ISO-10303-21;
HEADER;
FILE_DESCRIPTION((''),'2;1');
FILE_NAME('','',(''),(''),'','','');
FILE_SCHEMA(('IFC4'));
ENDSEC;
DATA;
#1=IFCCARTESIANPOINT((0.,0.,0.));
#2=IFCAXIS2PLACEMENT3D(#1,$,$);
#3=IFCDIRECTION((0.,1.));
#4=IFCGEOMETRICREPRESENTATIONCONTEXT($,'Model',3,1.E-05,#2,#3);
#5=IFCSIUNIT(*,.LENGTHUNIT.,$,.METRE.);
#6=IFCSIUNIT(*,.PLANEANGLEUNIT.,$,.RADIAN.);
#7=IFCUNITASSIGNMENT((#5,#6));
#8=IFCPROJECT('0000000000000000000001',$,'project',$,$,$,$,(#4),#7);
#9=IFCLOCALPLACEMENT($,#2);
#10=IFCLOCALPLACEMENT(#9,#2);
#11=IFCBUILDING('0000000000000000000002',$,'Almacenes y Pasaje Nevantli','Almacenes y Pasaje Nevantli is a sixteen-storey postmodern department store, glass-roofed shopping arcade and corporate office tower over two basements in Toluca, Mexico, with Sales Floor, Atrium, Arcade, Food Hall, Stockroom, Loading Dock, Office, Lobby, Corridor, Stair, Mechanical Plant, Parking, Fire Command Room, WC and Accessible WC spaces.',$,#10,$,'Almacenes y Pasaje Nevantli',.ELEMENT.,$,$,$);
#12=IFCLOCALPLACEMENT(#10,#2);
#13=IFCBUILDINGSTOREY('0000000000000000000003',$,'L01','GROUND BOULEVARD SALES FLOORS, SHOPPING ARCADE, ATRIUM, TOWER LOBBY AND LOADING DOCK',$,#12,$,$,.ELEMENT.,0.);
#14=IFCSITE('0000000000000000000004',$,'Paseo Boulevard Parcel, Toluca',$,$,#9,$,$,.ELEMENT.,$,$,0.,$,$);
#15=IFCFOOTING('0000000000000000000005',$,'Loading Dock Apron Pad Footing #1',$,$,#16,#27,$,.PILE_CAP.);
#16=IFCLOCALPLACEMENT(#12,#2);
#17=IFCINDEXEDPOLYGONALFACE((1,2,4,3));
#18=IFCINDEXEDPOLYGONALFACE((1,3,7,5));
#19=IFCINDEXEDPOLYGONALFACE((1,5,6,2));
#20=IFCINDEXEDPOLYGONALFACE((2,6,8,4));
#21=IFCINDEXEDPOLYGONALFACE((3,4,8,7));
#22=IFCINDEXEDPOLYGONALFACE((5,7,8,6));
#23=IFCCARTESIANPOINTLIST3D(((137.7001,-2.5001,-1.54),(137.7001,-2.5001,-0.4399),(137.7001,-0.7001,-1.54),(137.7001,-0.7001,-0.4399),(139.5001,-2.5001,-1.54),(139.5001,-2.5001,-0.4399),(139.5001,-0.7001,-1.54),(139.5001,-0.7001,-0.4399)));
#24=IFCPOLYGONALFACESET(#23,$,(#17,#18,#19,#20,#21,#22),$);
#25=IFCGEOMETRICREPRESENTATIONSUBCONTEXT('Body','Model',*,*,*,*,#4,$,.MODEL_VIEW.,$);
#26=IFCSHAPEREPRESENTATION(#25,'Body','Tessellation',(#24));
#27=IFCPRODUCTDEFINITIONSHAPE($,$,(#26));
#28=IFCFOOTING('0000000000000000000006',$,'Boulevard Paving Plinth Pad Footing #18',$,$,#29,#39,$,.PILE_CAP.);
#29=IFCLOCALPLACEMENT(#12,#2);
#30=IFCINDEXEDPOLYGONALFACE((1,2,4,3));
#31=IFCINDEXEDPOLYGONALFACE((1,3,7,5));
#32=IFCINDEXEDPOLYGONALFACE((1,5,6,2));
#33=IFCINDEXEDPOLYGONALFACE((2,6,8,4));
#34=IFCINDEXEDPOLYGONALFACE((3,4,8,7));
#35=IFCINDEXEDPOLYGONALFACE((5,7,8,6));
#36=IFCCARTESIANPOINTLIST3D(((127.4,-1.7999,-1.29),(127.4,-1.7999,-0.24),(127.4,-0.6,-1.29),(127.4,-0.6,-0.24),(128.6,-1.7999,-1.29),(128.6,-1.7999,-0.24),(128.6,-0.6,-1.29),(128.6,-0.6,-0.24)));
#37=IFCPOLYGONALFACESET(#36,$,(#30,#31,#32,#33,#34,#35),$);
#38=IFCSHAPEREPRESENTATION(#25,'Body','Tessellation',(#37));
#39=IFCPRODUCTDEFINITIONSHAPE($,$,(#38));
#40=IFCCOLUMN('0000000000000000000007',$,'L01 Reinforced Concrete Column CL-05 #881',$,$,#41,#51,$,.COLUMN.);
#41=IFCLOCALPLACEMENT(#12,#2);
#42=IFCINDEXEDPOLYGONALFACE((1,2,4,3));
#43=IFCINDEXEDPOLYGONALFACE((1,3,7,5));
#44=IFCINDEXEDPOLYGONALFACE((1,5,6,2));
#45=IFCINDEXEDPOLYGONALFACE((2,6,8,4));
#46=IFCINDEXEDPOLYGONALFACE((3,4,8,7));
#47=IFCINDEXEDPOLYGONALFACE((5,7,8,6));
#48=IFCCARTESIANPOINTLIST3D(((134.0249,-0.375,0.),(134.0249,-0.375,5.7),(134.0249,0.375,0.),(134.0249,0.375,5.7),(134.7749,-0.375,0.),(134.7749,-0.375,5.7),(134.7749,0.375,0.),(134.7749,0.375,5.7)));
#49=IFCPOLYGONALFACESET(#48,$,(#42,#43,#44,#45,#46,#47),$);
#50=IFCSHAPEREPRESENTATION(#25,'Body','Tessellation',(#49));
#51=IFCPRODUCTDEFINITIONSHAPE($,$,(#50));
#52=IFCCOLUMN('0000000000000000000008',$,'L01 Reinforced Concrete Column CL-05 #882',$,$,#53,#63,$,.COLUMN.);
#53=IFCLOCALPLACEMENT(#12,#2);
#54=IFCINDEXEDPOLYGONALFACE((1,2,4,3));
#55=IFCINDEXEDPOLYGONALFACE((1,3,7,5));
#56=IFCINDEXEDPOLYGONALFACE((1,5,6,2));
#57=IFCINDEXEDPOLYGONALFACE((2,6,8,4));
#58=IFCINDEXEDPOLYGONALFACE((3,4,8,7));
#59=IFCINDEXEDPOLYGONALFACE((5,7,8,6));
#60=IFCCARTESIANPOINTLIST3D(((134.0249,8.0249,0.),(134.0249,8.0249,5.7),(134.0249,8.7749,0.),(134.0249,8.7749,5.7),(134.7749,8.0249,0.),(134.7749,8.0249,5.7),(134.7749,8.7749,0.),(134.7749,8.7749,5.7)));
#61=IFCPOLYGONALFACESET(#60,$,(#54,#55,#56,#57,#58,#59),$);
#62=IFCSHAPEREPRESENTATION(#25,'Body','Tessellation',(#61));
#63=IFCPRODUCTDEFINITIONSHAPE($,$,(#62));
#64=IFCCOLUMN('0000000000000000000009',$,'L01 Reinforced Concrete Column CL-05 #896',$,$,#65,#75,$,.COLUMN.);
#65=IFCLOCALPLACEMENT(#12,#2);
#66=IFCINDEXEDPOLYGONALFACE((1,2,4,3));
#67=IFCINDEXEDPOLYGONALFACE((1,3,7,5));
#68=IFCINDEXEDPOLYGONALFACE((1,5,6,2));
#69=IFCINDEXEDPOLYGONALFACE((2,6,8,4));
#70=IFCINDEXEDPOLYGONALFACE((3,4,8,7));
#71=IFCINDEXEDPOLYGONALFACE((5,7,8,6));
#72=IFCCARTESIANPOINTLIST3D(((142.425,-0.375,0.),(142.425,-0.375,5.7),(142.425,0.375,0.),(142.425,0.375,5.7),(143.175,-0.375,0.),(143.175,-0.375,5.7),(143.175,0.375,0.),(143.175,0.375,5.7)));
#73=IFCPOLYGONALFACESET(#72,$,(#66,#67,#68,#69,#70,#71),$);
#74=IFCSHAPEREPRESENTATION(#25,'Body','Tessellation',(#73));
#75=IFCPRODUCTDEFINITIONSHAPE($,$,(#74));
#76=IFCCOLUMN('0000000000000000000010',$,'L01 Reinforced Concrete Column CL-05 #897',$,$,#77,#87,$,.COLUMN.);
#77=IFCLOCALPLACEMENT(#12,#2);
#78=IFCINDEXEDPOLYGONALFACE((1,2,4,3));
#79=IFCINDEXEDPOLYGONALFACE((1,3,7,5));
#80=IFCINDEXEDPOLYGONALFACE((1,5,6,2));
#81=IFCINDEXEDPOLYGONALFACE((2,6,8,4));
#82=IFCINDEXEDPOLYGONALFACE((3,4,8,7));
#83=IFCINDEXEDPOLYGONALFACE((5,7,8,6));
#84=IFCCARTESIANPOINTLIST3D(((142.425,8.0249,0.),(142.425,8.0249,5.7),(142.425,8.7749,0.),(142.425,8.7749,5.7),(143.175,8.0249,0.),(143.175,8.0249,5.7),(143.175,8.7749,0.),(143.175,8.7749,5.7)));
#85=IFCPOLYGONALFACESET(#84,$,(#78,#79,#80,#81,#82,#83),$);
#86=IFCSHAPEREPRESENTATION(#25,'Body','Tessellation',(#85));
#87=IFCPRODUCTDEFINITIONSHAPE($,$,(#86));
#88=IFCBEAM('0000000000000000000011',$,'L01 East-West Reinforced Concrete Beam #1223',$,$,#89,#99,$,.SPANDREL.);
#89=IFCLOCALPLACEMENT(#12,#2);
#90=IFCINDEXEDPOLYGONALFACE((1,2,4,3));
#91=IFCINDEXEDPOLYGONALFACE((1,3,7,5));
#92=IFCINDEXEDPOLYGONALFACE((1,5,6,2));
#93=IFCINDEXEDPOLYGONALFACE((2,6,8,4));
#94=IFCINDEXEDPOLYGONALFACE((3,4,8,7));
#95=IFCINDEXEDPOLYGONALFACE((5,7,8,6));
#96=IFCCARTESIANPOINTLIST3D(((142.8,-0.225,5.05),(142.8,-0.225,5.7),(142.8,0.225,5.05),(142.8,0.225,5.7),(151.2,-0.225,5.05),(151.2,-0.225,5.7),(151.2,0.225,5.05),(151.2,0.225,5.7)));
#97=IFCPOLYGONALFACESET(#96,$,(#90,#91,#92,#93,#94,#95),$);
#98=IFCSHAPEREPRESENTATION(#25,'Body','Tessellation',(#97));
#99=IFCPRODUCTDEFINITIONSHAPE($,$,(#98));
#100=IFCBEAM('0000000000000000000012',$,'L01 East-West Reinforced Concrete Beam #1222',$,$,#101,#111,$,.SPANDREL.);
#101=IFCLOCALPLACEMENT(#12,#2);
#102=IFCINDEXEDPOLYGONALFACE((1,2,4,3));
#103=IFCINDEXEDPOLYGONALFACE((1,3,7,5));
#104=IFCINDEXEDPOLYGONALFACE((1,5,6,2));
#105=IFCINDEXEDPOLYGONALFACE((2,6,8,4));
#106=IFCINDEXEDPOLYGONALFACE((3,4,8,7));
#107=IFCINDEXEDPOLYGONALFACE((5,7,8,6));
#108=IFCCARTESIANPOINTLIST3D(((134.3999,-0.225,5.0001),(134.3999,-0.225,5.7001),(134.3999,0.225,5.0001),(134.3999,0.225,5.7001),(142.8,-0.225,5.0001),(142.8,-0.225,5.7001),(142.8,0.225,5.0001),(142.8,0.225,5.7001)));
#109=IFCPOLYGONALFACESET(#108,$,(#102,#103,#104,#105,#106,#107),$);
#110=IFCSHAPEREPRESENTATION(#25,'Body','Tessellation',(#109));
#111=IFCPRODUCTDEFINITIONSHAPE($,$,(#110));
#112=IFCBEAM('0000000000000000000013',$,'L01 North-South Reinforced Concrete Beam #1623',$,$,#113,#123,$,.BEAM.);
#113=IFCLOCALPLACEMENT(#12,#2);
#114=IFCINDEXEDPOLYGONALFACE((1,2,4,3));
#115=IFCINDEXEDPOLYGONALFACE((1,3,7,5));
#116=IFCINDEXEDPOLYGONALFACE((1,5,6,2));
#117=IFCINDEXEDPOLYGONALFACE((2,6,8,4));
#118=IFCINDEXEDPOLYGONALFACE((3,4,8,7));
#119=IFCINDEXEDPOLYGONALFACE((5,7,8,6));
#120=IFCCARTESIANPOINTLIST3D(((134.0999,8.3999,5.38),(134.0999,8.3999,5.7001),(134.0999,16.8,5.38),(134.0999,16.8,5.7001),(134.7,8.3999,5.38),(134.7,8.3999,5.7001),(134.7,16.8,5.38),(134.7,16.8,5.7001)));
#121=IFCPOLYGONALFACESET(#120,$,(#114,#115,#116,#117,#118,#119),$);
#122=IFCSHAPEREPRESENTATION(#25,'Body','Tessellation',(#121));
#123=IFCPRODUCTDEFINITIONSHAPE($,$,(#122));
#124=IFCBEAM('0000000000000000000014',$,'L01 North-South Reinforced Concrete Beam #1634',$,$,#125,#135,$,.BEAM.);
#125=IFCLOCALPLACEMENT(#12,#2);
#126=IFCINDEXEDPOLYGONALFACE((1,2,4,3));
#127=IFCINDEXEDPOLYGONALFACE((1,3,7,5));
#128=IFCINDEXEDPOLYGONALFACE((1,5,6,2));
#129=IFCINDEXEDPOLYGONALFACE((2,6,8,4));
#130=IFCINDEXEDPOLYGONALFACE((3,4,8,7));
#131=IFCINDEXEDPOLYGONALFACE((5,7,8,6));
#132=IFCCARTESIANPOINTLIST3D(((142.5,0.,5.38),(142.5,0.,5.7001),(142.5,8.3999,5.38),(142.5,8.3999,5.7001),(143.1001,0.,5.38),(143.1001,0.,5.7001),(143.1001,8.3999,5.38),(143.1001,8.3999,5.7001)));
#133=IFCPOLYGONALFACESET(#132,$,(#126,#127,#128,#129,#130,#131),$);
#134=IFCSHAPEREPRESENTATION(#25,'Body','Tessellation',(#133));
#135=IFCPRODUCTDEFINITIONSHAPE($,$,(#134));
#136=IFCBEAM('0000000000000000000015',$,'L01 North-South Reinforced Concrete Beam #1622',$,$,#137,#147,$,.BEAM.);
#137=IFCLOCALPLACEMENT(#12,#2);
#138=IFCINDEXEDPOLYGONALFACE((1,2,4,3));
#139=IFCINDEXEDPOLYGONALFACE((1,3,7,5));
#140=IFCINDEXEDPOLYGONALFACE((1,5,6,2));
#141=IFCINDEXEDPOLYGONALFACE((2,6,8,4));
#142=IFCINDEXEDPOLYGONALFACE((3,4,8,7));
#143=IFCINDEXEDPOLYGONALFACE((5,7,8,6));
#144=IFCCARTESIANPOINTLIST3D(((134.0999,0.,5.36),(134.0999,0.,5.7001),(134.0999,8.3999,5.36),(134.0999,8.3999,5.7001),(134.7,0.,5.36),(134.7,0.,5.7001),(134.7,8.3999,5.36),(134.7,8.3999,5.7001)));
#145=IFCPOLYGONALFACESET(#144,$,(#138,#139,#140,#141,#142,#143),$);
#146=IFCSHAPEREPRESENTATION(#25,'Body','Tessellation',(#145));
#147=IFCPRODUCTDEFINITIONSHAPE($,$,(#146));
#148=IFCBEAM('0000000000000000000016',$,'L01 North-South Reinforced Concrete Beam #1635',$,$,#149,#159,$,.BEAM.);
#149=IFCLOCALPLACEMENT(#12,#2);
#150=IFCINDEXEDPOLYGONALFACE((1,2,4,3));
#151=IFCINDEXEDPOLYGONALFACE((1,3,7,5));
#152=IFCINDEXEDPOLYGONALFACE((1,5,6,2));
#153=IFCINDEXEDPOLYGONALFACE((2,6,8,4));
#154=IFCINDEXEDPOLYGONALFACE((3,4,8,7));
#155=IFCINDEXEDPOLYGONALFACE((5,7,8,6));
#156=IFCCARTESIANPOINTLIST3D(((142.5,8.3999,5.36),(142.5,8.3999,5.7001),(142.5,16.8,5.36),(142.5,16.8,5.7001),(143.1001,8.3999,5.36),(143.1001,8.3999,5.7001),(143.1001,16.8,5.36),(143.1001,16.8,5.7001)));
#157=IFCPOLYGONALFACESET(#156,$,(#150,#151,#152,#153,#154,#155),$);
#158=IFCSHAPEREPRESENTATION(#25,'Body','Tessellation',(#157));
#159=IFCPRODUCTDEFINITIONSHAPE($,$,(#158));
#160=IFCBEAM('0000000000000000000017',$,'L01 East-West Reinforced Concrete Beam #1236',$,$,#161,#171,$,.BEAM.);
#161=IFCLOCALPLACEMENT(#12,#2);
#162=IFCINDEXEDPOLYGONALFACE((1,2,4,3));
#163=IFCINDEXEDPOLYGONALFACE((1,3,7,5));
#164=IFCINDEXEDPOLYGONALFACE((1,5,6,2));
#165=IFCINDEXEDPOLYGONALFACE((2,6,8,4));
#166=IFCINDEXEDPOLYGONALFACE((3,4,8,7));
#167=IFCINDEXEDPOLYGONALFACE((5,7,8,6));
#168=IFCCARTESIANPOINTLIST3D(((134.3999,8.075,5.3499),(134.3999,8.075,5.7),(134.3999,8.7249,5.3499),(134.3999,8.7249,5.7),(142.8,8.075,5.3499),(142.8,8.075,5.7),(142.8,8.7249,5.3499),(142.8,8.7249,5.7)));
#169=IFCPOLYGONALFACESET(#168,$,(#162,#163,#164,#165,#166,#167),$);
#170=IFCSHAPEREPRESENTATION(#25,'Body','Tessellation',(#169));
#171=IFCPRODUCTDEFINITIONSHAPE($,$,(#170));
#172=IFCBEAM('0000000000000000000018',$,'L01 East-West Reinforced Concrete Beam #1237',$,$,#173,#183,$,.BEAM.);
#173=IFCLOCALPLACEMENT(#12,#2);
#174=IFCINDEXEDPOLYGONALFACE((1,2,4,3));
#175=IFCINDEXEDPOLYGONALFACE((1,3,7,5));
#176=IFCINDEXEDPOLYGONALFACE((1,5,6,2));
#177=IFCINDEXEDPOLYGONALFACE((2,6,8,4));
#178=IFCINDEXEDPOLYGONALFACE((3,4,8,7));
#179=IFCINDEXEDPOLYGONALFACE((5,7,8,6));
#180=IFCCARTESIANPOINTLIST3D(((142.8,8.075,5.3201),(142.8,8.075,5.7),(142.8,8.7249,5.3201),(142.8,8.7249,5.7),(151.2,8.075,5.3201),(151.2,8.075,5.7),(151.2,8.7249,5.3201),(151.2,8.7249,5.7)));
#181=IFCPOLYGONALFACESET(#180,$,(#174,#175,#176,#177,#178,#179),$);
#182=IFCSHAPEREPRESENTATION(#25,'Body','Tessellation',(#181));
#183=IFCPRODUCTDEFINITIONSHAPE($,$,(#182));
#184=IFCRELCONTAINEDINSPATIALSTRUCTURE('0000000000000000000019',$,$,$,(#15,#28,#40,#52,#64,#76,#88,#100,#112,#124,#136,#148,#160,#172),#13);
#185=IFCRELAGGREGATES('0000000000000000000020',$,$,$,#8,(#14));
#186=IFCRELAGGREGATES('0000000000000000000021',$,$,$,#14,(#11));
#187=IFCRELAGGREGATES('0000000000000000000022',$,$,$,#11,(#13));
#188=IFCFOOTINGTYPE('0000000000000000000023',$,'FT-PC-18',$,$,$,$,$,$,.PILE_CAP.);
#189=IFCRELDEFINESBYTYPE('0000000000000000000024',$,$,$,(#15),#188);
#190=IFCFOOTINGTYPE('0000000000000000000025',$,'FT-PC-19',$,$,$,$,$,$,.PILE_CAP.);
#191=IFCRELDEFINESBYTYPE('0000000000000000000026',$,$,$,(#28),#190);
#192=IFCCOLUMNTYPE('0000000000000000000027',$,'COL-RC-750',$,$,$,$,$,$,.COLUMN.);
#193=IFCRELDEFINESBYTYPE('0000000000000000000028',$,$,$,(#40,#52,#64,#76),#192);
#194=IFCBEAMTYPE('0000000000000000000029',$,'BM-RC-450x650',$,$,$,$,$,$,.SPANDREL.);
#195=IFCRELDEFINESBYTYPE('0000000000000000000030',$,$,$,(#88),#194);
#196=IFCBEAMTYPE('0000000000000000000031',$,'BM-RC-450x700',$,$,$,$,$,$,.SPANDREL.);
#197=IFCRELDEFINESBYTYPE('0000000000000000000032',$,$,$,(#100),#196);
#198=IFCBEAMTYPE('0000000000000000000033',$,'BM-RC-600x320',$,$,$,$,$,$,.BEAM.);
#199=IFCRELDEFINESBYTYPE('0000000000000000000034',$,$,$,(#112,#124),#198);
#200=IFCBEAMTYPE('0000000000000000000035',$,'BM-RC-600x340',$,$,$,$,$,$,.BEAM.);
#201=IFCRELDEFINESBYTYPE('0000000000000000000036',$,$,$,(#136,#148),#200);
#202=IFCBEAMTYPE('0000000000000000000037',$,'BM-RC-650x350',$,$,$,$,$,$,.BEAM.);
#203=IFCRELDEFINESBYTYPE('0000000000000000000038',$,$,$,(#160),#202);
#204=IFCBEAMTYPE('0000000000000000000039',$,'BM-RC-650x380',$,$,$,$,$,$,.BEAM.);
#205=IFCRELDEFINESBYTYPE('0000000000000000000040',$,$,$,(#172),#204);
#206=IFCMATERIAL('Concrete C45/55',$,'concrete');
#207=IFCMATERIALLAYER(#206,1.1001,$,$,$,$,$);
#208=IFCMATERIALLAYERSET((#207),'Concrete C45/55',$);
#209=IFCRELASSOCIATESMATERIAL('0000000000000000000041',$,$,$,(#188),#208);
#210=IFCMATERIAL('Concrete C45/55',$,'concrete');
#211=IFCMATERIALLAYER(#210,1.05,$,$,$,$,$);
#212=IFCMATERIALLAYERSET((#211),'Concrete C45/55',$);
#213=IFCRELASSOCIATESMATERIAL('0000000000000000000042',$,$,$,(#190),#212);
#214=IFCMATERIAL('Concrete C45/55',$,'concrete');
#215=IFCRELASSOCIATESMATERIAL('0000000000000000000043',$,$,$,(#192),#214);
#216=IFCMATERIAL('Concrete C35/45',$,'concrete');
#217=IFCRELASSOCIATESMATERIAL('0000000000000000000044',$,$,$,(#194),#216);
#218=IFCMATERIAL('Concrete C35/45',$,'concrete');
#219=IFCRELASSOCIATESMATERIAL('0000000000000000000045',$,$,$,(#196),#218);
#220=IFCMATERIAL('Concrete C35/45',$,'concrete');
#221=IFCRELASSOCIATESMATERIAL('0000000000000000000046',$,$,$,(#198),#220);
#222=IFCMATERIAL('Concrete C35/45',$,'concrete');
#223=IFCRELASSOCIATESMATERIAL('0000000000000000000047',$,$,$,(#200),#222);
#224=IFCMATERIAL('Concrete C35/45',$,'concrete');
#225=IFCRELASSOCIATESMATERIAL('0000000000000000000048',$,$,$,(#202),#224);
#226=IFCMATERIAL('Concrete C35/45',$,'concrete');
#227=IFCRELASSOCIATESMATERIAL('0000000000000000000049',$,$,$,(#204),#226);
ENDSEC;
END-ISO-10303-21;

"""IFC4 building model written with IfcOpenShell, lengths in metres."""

from ifc_helpers import new_model, si_unit, direction, frame, origin, origin_2d, place, context, subcontext, project, spatial, rectangle, extrude, material, layer, layer_set, material_profile, profile_set, type_object, element, save


model = new_model("IFC4")

# Units and contexts
model_context = context("Model", 3, precision=1e-05, world=origin(), true_north=direction((0.0, 1.0)))
body_context = subcontext(model_context, "Body", "Model", "MODEL_VIEW")
ifc_project = project(units=[si_unit("LENGTHUNIT", "METRE"), si_unit("PLANEANGLEUNIT", "RADIAN")], contexts=[model_context])

# Site, building, storey
site_placement = place(None, origin())
site = spatial("IfcSite", under=ifc_project, at=site_placement, Name="Paseo Boulevard Parcel, Toluca", CompositionType="ELEMENT", RefElevation=0.0)
building_placement = place(site_placement, origin())
building = spatial("IfcBuilding", under=site, at=building_placement, Name="Almacenes y Pasaje Nevantli", Description="Almacenes y Pasaje Nevantli is a sixteen-storey postmodern department store, glass-roofed shopping arcade and corporate office tower over two basements in Toluca, Mexico, with Sales Floor, Atrium, Arcade, Food Hall, Stockroom, Loading Dock, Office, Lobby, Corridor, Stair, Mechanical Plant, Parking, Fire Command Room, WC and Accessible WC spaces.", LongName="Almacenes y Pasaje Nevantli", CompositionType="ELEMENT")
storey_placement = place(building_placement, origin())
storey = spatial("IfcBuildingStorey", under=building, at=storey_placement, Name="L01", Description="GROUND BOULEVARD SALES FLOORS, SHOPPING ARCADE, ATRIUM, TOWER LOBBY AND LOADING DOCK", CompositionType="ELEMENT", Elevation=0.0)

# Footings
ifc_material_1 = material(Name="Concrete C45/55", Category="concrete")
ifc_layer_1 = layer(ifc_material_1, 1.1001)
ifc_layer_set_1 = layer_set([ifc_layer_1], Name="Concrete C45/55")
footing_type_1 = type_object("IfcFootingType", Name="FT-PC-18", PredefinedType="PILE_CAP", material=ifc_layer_set_1)
footing_1_placement = place(storey_placement, frame((138.6001, -1.6001, -1.54), z_axis=(0.0, 0.0, 1.0), x_axis=(1.0, 0.0, 0.0)))
element("IfcFooting", 1, at=footing_1_placement, inside=storey, type_object=footing_type_1, Name="Loading Dock Apron Pad Footing #1", PredefinedType="PILE_CAP", context=body_context, shape_type="SweptSolid", body=[
    extrude(rectangle(XDim=1.8, YDim=1.8, at=origin_2d()), origin(), (0.0, 0.0, 1.0), 1.1001),
])
ifc_material_2 = material(Name="Concrete C45/55", Category="concrete")
ifc_layer_2 = layer(ifc_material_2, 1.05)
ifc_layer_set_2 = layer_set([ifc_layer_2], Name="Concrete C45/55")
footing_type_2 = type_object("IfcFootingType", Name="FT-PC-19", PredefinedType="PILE_CAP", material=ifc_layer_set_2)
footing_2_placement = place(storey_placement, frame((128.0, -1.2, -1.29), z_axis=(0.0, 0.0, 1.0), x_axis=(1.0, 0.0, 0.0)))
element("IfcFooting", 2, at=footing_2_placement, inside=storey, type_object=footing_type_2, Name="Boulevard Paving Plinth Pad Footing #18", PredefinedType="PILE_CAP", context=body_context, shape_type="SweptSolid", body=[
    extrude(rectangle(XDim=1.2, YDim=1.2, at=origin_2d()), origin(), (0.0, 0.0, 1.0), 1.05),
])

# Columns
ifc_material_3 = material(Name="Concrete C45/55", Category="concrete")
ifc_material_profile_1 = material_profile(ifc_material_3, rectangle(XDim=0.75, YDim=0.75, at=origin_2d()), Name="RC-COL-750x750")
ifc_profile_set_1 = profile_set([ifc_material_profile_1], Name="Concrete C45/55")
column_type = type_object("IfcColumnType", Name="COL-RC-750", PredefinedType="COLUMN", material=ifc_profile_set_1)
for number, where, z_axis, x_axis, name in (
    (3, (134.3999, 0.0, 0.0), (0.0, 0.0, 1.0), (1.0, 0.0, 0.0), "L01 Reinforced Concrete Column CL-05 #881"),
    (4, (134.3999, 8.3999, 0.0), (0.0, 0.0, 1.0), (1.0, 0.0, 0.0), "L01 Reinforced Concrete Column CL-05 #882"),
    (5, (142.8, 0.0, 0.0), (0.0, 0.0, 1.0), (1.0, 0.0, 0.0), "L01 Reinforced Concrete Column CL-05 #896"),
    (6, (142.8, 8.3999, 0.0), (0.0, 0.0, 1.0), (1.0, 0.0, 0.0), "L01 Reinforced Concrete Column CL-05 #897"),
):
    element("IfcColumn", number, at=place(storey_placement, frame(where, z_axis=z_axis, x_axis=x_axis)), inside=storey, type_object=column_type, Name=name, PredefinedType="COLUMN", context=body_context, shape_type="SweptSolid", body=[
        extrude(rectangle(XDim=0.75, YDim=0.75, at=origin_2d()), origin(), (0.0, 0.0, 1.0), 5.7),
    ])

# Beams
ifc_material_4 = material(Name="Concrete C35/45", Category="concrete")
ifc_material_profile_2 = material_profile(ifc_material_4, rectangle(XDim=0.45, YDim=0.6499, at=origin_2d()), Name="RC-BM-450x650")
ifc_profile_set_2 = profile_set([ifc_material_profile_2], Name="Concrete C35/45")
beam_type_1 = type_object("IfcBeamType", Name="BM-RC-450x650", PredefinedType="SPANDREL", material=ifc_profile_set_2)
beam_1_placement = place(storey_placement, frame((142.8, 0.0, 5.375), z_axis=(1.0, 0.0, 0.0), x_axis=(0.0, 1.0, 0.0)))
element("IfcBeam", 7, at=beam_1_placement, inside=storey, type_object=beam_type_1, Name="L01 East-West Reinforced Concrete Beam #1223", PredefinedType="SPANDREL", context=body_context, shape_type="SweptSolid", body=[
    extrude(rectangle(XDim=0.45, YDim=0.6499, at=origin_2d()), origin(), (0.0, 0.0, 1.0), 8.3999),
])
ifc_material_5 = material(Name="Concrete C35/45", Category="concrete")
ifc_material_profile_3 = material_profile(ifc_material_5, rectangle(XDim=0.45, YDim=0.7, at=origin_2d()), Name="RC-BM-450x700")
ifc_profile_set_3 = profile_set([ifc_material_profile_3], Name="Concrete C35/45")
beam_type_2 = type_object("IfcBeamType", Name="BM-RC-450x700", PredefinedType="SPANDREL", material=ifc_profile_set_3)
beam_2_placement = place(storey_placement, frame((134.3999, 0.0, 5.3501), z_axis=(1.0, 0.0, 0.0), x_axis=(0.0, 1.0, 0.0)))
element("IfcBeam", 8, at=beam_2_placement, inside=storey, type_object=beam_type_2, Name="L01 East-West Reinforced Concrete Beam #1222", PredefinedType="SPANDREL", context=body_context, shape_type="SweptSolid", body=[
    extrude(rectangle(XDim=0.45, YDim=0.7, at=origin_2d()), origin(), (0.0, 0.0, 1.0), 8.4001),
])
ifc_material_6 = material(Name="Concrete C35/45", Category="concrete")
ifc_material_profile_4 = material_profile(ifc_material_6, rectangle(XDim=0.6001, YDim=0.3201, at=origin_2d()), Name="RC-BM-600x320")
ifc_profile_set_4 = profile_set([ifc_material_profile_4], Name="Concrete C35/45")
beam_type_3 = type_object("IfcBeamType", Name="BM-RC-600x320", PredefinedType="BEAM", material=ifc_profile_set_4)
beam_3_placement = place(storey_placement, frame((134.3999, 8.3999, 5.54), z_axis=(0.0, 1.0, 0.0), x_axis=(-1.0, 0.0, 0.0)))
element("IfcBeam", 9, at=beam_3_placement, inside=storey, type_object=beam_type_3, Name="L01 North-South Reinforced Concrete Beam #1623", PredefinedType="BEAM", context=body_context, shape_type="SweptSolid", body=[
    extrude(rectangle(XDim=0.6001, YDim=0.3201, at=origin_2d()), origin(), (0.0, 0.0, 1.0), 8.4001),
])
beam_4_placement = place(storey_placement, frame((142.8, 0.0, 5.54), z_axis=(0.0, 1.0, 0.0), x_axis=(-1.0, 0.0, 0.0)))
element("IfcBeam", 10, at=beam_4_placement, inside=storey, type_object=beam_type_3, Name="L01 North-South Reinforced Concrete Beam #1634", PredefinedType="BEAM", context=body_context, shape_type="SweptSolid", body=[
    extrude(rectangle(XDim=0.6001, YDim=0.3201, at=origin_2d()), origin(), (0.0, 0.0, 1.0), 8.3999),
])
ifc_material_7 = material(Name="Concrete C35/45", Category="concrete")
ifc_material_profile_5 = material_profile(ifc_material_7, rectangle(XDim=0.6001, YDim=0.3401, at=origin_2d()), Name="RC-BM-600x340")
ifc_profile_set_5 = profile_set([ifc_material_profile_5], Name="Concrete C35/45")
beam_type_4 = type_object("IfcBeamType", Name="BM-RC-600x340", PredefinedType="BEAM", material=ifc_profile_set_5)
beam_5_placement = place(storey_placement, frame((134.3999, 0.0, 5.53), z_axis=(0.0, 1.0, 0.0), x_axis=(-1.0, 0.0, 0.0)))
element("IfcBeam", 11, at=beam_5_placement, inside=storey, type_object=beam_type_4, Name="L01 North-South Reinforced Concrete Beam #1622", PredefinedType="BEAM", context=body_context, shape_type="SweptSolid", body=[
    extrude(rectangle(XDim=0.6001, YDim=0.3401, at=origin_2d()), origin(), (0.0, 0.0, 1.0), 8.3999),
])
beam_6_placement = place(storey_placement, frame((142.8, 8.3999, 5.53), z_axis=(0.0, 1.0, 0.0), x_axis=(-1.0, 0.0, 0.0)))
element("IfcBeam", 12, at=beam_6_placement, inside=storey, type_object=beam_type_4, Name="L01 North-South Reinforced Concrete Beam #1635", PredefinedType="BEAM", context=body_context, shape_type="SweptSolid", body=[
    extrude(rectangle(XDim=0.6001, YDim=0.3401, at=origin_2d()), origin(), (0.0, 0.0, 1.0), 8.4001),
])
ifc_material_8 = material(Name="Concrete C35/45", Category="concrete")
ifc_material_profile_6 = material_profile(ifc_material_8, rectangle(XDim=0.6499, YDim=0.3501, at=origin_2d()), Name="RC-BM-650x350")
ifc_profile_set_6 = profile_set([ifc_material_profile_6], Name="Concrete C35/45")
beam_type_5 = type_object("IfcBeamType", Name="BM-RC-650x350", PredefinedType="BEAM", material=ifc_profile_set_6)
beam_7_placement = place(storey_placement, frame((134.3999, 8.3999, 5.5249), z_axis=(1.0, 0.0, 0.0), x_axis=(0.0, 1.0, 0.0)))
element("IfcBeam", 13, at=beam_7_placement, inside=storey, type_object=beam_type_5, Name="L01 East-West Reinforced Concrete Beam #1236", PredefinedType="BEAM", context=body_context, shape_type="SweptSolid", body=[
    extrude(rectangle(XDim=0.6499, YDim=0.3501, at=origin_2d()), origin(), (0.0, 0.0, 1.0), 8.4001),
])
ifc_material_9 = material(Name="Concrete C35/45", Category="concrete")
ifc_material_profile_7 = material_profile(ifc_material_9, rectangle(XDim=0.6499, YDim=0.3799, at=origin_2d()), Name="RC-BM-650x380")
ifc_profile_set_7 = profile_set([ifc_material_profile_7], Name="Concrete C35/45")
beam_type_6 = type_object("IfcBeamType", Name="BM-RC-650x380", PredefinedType="BEAM", material=ifc_profile_set_7)
beam_8_placement = place(storey_placement, frame((142.8, 8.3999, 5.51), z_axis=(1.0, 0.0, 0.0), x_axis=(0.0, 1.0, 0.0)))
element("IfcBeam", 14, at=beam_8_placement, inside=storey, type_object=beam_type_6, Name="L01 East-West Reinforced Concrete Beam #1237", PredefinedType="BEAM", context=body_context, shape_type="SweptSolid", body=[
    extrude(rectangle(XDim=0.6499, YDim=0.3799, at=origin_2d()), origin(), (0.0, 0.0, 1.0), 8.3999),
])

save(model, "model.ifc")
